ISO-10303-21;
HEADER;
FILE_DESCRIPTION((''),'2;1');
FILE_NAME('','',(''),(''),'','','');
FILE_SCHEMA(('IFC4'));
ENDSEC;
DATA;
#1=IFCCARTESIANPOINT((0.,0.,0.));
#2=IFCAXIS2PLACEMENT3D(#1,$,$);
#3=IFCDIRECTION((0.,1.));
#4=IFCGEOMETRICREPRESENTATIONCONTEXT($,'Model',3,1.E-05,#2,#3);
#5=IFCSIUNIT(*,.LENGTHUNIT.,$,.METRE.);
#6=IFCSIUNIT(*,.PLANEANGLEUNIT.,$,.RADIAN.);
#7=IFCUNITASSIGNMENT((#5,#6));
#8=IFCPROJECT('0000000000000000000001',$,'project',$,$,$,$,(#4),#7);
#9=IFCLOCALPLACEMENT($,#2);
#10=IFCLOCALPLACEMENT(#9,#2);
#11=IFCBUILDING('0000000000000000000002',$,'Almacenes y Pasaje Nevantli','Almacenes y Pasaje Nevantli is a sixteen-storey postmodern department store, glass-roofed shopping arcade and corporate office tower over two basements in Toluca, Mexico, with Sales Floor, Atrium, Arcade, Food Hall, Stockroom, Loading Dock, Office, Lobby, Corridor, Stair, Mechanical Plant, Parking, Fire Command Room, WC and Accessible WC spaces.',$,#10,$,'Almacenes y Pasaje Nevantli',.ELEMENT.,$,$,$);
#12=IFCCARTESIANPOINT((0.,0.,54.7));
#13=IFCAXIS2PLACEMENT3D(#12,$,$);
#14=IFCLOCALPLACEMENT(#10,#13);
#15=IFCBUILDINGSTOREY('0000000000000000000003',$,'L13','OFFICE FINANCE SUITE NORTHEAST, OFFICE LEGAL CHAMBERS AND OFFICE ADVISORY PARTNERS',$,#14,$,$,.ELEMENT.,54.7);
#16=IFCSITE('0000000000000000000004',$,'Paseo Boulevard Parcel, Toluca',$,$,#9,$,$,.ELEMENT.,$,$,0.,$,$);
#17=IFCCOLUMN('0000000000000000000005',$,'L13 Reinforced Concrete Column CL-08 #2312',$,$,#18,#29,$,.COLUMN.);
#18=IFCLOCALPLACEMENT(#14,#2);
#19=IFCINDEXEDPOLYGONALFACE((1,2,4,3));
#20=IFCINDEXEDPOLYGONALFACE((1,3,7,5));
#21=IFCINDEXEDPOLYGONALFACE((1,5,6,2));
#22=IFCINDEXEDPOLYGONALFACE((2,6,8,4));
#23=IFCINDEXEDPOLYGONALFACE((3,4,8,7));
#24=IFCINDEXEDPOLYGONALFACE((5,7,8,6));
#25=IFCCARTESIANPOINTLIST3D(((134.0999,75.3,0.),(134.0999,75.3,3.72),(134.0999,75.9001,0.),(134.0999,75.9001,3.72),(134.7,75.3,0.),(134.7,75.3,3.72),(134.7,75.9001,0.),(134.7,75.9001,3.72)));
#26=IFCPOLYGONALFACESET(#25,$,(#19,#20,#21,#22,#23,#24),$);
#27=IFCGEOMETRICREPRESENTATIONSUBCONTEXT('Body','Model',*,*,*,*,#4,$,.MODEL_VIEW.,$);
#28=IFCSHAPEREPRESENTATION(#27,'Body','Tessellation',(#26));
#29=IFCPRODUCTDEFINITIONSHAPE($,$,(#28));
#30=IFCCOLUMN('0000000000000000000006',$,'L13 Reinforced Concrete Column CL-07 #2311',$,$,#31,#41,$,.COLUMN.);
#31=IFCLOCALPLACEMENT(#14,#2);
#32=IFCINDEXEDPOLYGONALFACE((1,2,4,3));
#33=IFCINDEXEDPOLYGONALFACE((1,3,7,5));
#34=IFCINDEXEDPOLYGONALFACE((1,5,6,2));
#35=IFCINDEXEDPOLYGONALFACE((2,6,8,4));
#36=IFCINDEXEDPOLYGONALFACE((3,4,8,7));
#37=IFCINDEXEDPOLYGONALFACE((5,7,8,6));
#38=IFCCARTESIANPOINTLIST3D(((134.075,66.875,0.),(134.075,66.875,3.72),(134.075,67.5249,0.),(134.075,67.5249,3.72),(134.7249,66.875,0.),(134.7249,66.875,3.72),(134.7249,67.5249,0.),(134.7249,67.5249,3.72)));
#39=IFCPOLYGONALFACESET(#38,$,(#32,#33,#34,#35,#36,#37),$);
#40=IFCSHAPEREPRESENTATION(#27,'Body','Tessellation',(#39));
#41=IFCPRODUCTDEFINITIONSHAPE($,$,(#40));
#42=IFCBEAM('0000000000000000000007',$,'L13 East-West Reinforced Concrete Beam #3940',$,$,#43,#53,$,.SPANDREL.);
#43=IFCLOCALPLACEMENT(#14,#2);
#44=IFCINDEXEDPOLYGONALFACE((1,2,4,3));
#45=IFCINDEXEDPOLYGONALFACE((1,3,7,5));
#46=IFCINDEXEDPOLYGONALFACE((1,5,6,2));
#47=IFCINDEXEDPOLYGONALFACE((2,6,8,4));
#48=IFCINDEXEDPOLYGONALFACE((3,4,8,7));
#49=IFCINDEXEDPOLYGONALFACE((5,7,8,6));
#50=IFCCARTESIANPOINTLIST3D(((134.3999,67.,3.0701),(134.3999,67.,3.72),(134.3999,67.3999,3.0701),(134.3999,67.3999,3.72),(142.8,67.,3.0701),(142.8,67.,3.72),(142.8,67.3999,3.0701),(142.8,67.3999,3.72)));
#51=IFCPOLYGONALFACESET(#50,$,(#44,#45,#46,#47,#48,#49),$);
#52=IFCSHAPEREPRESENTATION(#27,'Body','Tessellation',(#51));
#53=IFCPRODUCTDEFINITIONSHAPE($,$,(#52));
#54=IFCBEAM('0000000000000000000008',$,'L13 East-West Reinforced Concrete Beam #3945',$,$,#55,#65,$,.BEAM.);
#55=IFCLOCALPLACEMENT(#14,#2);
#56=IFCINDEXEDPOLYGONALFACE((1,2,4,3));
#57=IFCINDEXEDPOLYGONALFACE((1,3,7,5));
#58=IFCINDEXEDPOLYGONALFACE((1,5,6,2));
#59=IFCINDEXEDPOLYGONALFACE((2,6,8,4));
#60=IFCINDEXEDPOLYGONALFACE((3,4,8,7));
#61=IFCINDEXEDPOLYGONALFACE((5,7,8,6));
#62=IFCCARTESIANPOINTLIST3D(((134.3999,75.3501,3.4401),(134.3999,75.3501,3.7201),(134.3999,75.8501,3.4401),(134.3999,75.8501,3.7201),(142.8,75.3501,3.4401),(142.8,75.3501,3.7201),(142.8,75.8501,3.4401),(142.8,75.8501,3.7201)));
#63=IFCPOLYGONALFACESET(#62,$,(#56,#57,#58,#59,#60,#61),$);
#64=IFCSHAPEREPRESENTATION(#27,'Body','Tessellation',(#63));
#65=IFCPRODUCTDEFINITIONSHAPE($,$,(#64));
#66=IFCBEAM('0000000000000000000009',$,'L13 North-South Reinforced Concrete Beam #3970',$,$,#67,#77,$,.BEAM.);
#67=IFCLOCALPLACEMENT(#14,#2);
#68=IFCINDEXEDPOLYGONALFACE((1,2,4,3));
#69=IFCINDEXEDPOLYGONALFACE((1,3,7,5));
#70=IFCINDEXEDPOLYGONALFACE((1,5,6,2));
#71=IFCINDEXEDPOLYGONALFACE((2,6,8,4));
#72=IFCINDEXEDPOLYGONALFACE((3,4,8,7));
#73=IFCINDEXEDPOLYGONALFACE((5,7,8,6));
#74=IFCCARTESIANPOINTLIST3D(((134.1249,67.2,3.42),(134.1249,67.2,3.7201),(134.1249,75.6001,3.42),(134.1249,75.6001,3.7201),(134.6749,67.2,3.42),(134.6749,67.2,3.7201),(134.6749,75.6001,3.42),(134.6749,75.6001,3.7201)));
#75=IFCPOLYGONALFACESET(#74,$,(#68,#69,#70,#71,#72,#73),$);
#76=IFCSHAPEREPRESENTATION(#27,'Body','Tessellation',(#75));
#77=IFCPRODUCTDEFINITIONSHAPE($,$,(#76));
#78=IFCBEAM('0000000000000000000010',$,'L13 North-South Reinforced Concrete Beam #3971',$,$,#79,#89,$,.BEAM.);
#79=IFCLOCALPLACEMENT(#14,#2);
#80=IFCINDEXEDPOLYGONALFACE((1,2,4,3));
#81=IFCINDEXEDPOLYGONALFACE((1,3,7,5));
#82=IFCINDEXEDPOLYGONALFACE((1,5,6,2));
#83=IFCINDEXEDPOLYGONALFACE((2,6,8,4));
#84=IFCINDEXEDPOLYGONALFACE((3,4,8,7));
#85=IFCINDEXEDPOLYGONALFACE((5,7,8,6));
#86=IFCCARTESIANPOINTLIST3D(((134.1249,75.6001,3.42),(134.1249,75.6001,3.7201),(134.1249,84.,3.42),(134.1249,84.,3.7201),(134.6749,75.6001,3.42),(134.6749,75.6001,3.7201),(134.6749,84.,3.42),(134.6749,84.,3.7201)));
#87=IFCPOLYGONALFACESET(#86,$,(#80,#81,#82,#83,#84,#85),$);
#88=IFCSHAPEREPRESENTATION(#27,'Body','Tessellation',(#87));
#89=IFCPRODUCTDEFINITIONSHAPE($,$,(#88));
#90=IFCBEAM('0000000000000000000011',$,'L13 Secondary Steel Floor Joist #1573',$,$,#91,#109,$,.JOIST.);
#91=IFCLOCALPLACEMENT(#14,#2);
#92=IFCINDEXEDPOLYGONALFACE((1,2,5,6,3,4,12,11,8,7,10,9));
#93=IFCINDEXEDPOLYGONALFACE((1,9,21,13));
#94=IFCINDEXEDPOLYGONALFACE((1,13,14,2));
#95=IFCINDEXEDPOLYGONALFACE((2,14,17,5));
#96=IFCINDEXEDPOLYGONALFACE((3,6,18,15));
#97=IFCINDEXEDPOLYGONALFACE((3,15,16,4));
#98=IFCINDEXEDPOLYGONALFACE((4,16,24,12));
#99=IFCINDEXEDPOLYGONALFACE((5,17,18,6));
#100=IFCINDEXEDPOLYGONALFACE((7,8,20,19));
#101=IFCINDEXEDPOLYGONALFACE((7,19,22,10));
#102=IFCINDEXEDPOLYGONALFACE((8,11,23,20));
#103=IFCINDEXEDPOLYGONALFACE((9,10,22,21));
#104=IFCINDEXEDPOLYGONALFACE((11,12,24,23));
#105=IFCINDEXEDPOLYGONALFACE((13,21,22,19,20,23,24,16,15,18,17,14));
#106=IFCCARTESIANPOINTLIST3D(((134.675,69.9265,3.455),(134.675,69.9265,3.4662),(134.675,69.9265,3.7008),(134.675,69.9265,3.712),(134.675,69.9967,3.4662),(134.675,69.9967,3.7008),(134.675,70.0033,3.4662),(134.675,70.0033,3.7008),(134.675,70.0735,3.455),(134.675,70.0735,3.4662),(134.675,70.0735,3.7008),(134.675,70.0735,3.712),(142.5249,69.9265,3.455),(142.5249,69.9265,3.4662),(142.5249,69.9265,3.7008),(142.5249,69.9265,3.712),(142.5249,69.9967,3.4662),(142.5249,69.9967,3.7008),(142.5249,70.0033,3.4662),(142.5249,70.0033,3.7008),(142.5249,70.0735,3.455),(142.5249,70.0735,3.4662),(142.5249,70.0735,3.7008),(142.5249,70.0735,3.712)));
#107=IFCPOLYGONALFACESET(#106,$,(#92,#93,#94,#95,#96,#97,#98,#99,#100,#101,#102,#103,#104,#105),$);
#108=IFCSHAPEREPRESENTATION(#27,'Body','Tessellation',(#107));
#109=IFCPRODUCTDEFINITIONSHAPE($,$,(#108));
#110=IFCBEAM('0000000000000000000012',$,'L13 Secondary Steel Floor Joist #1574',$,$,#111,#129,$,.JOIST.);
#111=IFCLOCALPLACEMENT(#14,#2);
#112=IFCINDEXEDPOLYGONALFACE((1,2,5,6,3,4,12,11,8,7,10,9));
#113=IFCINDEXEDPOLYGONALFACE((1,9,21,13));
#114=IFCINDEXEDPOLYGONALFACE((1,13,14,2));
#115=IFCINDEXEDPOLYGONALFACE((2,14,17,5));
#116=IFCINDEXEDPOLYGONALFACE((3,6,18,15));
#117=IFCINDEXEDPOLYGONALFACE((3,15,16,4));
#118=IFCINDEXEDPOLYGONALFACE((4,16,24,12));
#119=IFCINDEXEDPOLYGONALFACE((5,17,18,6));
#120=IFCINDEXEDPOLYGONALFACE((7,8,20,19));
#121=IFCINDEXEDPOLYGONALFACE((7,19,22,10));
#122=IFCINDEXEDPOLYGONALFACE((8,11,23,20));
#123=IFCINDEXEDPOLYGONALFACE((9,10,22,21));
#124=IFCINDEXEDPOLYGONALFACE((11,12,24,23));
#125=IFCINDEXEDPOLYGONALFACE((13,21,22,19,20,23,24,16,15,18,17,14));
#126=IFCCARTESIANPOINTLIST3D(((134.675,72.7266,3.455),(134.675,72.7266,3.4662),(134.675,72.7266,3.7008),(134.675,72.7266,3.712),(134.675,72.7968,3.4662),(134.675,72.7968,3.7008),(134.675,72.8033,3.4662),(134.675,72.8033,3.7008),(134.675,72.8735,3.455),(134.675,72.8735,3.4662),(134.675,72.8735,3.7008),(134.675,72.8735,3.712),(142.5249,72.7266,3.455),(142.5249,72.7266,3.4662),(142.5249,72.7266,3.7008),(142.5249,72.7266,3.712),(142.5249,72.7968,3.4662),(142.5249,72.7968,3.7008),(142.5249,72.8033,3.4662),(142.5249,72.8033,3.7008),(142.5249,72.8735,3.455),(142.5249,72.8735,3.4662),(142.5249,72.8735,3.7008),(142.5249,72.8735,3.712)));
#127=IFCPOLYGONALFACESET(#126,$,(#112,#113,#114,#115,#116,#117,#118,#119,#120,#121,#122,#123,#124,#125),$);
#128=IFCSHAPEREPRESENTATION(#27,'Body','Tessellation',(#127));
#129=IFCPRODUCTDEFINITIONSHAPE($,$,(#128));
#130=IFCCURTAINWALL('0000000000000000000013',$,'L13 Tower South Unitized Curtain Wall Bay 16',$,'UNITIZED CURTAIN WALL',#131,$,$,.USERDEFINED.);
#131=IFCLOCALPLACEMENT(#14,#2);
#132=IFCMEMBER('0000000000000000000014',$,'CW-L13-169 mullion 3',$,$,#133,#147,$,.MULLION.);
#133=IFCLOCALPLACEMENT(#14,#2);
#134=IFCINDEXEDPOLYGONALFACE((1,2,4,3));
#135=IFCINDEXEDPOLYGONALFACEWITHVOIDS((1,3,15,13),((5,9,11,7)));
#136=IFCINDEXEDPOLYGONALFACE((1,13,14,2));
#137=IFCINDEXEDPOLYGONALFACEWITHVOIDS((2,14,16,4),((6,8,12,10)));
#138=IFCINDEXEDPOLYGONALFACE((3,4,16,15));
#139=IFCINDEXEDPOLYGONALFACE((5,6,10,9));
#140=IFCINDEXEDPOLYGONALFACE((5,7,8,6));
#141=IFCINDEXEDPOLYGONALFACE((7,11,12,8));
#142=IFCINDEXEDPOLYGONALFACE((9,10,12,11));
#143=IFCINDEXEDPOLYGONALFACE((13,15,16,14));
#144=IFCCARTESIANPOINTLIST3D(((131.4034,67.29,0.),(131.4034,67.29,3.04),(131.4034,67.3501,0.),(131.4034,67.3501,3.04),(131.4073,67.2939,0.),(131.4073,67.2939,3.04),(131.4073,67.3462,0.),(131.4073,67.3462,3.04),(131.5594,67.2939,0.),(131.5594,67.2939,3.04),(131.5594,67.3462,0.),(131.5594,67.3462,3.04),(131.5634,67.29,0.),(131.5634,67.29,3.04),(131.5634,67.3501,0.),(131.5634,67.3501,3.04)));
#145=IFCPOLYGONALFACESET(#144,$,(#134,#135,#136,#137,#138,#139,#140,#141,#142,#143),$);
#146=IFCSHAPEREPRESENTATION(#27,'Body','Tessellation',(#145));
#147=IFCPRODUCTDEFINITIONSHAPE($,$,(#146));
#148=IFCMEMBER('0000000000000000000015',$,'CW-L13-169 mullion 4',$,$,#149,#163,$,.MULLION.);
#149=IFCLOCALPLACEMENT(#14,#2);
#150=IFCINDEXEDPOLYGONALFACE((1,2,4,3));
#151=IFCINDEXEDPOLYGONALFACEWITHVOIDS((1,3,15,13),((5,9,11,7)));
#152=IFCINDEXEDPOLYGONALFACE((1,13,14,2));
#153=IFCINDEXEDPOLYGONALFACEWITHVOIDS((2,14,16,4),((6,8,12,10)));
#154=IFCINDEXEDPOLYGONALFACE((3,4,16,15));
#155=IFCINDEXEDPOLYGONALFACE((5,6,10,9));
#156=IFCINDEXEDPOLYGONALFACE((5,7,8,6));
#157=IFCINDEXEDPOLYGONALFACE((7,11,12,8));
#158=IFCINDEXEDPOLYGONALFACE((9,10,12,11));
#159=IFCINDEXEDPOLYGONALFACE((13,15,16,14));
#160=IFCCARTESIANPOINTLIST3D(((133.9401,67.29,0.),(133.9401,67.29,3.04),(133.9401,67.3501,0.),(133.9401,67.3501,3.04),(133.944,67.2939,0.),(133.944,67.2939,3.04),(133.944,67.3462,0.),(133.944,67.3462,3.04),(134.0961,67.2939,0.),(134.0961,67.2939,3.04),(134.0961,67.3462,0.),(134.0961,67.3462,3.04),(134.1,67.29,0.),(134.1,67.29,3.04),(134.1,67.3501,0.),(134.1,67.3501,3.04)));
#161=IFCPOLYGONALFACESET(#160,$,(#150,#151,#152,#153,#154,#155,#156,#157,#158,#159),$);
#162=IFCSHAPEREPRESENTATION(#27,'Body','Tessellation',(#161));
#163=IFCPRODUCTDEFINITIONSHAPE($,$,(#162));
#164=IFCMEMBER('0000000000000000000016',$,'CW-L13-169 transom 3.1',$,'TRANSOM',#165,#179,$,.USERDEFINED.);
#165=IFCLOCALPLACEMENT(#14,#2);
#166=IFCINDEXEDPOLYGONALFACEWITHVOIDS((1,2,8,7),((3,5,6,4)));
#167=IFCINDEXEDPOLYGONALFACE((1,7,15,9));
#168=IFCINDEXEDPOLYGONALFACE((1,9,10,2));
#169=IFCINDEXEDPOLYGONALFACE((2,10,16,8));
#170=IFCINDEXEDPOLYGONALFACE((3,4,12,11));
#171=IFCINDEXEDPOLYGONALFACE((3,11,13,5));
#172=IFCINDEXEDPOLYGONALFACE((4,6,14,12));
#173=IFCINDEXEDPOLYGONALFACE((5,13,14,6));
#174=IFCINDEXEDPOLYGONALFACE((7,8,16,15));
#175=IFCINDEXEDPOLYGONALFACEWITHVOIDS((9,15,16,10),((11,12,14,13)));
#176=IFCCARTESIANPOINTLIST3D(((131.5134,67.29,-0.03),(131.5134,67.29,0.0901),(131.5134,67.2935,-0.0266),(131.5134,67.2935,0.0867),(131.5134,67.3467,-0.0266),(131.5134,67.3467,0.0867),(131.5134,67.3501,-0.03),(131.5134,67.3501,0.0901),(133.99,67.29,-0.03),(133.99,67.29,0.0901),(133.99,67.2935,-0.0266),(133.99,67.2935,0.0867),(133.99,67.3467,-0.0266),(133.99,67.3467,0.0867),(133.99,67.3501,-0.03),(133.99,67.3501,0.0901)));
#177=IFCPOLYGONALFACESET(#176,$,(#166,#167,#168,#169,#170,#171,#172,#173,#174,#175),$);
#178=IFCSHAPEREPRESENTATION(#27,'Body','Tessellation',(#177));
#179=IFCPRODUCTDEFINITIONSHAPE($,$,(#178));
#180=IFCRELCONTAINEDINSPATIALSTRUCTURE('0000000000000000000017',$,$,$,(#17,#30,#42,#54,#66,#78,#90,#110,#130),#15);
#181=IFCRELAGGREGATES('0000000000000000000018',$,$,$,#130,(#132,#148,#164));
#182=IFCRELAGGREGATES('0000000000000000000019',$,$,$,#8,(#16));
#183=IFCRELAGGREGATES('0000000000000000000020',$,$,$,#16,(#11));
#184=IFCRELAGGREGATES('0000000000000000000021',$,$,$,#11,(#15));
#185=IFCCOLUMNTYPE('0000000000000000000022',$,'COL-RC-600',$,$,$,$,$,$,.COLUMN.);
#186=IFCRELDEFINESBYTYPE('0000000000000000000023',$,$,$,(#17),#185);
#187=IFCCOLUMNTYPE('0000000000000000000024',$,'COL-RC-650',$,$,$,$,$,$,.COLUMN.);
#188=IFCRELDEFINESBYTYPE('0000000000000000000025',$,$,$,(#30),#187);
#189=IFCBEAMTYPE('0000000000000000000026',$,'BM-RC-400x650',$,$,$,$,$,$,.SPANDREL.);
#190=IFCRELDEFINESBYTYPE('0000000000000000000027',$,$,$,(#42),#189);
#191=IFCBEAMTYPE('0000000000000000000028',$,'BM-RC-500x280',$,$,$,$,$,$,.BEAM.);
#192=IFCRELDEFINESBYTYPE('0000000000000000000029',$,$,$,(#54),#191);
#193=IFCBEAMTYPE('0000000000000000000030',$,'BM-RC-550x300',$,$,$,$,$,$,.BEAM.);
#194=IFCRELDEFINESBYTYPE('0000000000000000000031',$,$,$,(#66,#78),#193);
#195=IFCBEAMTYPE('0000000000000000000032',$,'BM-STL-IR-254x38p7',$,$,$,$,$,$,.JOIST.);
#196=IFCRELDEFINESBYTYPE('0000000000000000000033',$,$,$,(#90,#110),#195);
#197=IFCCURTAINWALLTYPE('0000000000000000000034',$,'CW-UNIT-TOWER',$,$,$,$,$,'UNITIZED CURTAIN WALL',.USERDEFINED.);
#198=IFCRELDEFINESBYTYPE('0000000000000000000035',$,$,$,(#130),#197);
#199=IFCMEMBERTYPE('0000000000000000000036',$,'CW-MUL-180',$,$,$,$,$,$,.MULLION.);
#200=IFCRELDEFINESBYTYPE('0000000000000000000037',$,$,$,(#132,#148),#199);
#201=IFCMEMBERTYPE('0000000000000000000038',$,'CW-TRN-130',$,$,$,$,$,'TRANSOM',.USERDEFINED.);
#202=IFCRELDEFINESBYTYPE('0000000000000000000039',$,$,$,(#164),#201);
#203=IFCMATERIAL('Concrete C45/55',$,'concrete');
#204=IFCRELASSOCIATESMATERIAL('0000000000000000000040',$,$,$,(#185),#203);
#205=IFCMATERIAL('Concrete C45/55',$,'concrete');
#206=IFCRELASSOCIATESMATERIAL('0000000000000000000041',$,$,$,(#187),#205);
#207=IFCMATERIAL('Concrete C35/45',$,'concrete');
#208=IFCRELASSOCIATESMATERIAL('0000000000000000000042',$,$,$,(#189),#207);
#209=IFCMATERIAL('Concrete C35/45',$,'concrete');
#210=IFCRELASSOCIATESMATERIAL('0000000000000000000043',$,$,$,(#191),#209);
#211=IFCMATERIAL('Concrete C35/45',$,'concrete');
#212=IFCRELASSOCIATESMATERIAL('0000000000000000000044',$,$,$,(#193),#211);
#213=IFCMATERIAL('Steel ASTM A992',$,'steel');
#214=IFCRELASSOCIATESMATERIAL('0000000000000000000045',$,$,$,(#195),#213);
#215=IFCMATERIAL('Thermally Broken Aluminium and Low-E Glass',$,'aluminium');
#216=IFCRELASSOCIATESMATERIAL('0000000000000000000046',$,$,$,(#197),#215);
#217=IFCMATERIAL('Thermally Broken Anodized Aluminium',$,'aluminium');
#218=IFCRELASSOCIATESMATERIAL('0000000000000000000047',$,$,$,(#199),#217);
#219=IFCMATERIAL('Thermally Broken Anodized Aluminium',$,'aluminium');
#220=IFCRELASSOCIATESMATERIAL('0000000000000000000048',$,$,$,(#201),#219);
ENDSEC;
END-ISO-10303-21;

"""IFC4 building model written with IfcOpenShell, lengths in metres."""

from ifc_helpers import new_model, si_unit, direction, frame, origin, origin_2d, place, context, subcontext, project, spatial, rectangle, hollow_rectangle, i_section, extrude, material, material_profile, profile_set, type_object, element, aggregate, save


model = new_model("IFC4")

# Units and contexts
model_context = context("Model", 3, precision=1e-05, world=origin(), true_north=direction((0.0, 1.0)))
body_context = subcontext(model_context, "Body", "Model", "MODEL_VIEW")
ifc_project = project(units=[si_unit("LENGTHUNIT", "METRE"), si_unit("PLANEANGLEUNIT", "RADIAN")], contexts=[model_context])

# Site, building, storey
site_placement = place(None, origin())
site = spatial("IfcSite", under=ifc_project, at=site_placement, Name="Paseo Boulevard Parcel, Toluca", CompositionType="ELEMENT", RefElevation=0.0)
building_placement = place(site_placement, origin())
building = spatial("IfcBuilding", under=site, at=building_placement, Name="Almacenes y Pasaje Nevantli", Description="Almacenes y Pasaje Nevantli is a sixteen-storey postmodern department store, glass-roofed shopping arcade and corporate office tower over two basements in Toluca, Mexico, with Sales Floor, Atrium, Arcade, Food Hall, Stockroom, Loading Dock, Office, Lobby, Corridor, Stair, Mechanical Plant, Parking, Fire Command Room, WC and Accessible WC spaces.", LongName="Almacenes y Pasaje Nevantli", CompositionType="ELEMENT")
storey_placement = place(building_placement, frame((0.0, 0.0, 54.7)))
storey = spatial("IfcBuildingStorey", under=building, at=storey_placement, Name="L13", Description="OFFICE FINANCE SUITE NORTHEAST, OFFICE LEGAL CHAMBERS AND OFFICE ADVISORY PARTNERS", CompositionType="ELEMENT", Elevation=54.7)

# Columns
ifc_material_1 = material(Name="Concrete C45/55", Category="concrete")
ifc_material_profile_1 = material_profile(ifc_material_1, rectangle(XDim=0.6001, YDim=0.6001, at=origin_2d()), Name="RC-COL-600x600")
ifc_profile_set_1 = profile_set([ifc_material_profile_1], Name="Concrete C45/55")
column_type_1 = type_object("IfcColumnType", Name="COL-RC-600", PredefinedType="COLUMN", material=ifc_profile_set_1)
column_1_placement = place(storey_placement, frame((134.3999, 75.6001, 0.0), z_axis=(0.0, 0.0, 1.0), x_axis=(1.0, 0.0, 0.0)))
element("IfcColumn", 1, at=column_1_placement, inside=storey, type_object=column_type_1, Name="L13 Reinforced Concrete Column CL-08 #2312", PredefinedType="COLUMN", context=body_context, shape_type="SweptSolid", body=[
    extrude(rectangle(XDim=0.6001, YDim=0.6001, at=origin_2d()), origin(), (0.0, 0.0, 1.0), 3.72),
])
ifc_material_2 = material(Name="Concrete C45/55", Category="concrete")
ifc_material_profile_2 = material_profile(ifc_material_2, rectangle(XDim=0.6499, YDim=0.6499, at=origin_2d()), Name="RC-COL-650x650")
ifc_profile_set_2 = profile_set([ifc_material_profile_2], Name="Concrete C45/55")
column_type_2 = type_object("IfcColumnType", Name="COL-RC-650", PredefinedType="COLUMN", material=ifc_profile_set_2)
column_2_placement = place(storey_placement, frame((134.3999, 67.2, 0.0), z_axis=(0.0, 0.0, 1.0), x_axis=(1.0, 0.0, 0.0)))
element("IfcColumn", 2, at=column_2_placement, inside=storey, type_object=column_type_2, Name="L13 Reinforced Concrete Column CL-07 #2311", PredefinedType="COLUMN", context=body_context, shape_type="SweptSolid", body=[
    extrude(rectangle(XDim=0.6499, YDim=0.6499, at=origin_2d()), origin(), (0.0, 0.0, 1.0), 3.72),
])

# Beams
ifc_material_3 = material(Name="Concrete C35/45", Category="concrete")
ifc_material_profile_3 = material_profile(ifc_material_3, rectangle(XDim=0.3999, YDim=0.6499, at=origin_2d()), Name="RC-BM-400x650")
ifc_profile_set_3 = profile_set([ifc_material_profile_3], Name="Concrete C35/45")
beam_type_1 = type_object("IfcBeamType", Name="BM-RC-400x650", PredefinedType="SPANDREL", material=ifc_profile_set_3)
beam_1_placement = place(storey_placement, frame((134.3999, 67.2, 3.395), z_axis=(1.0, 0.0, 0.0), x_axis=(0.0, 1.0, 0.0)))
element("IfcBeam", 3, at=beam_1_placement, inside=storey, type_object=beam_type_1, Name="L13 East-West Reinforced Concrete Beam #3940", PredefinedType="SPANDREL", context=body_context, shape_type="SweptSolid", body=[
    extrude(rectangle(XDim=0.3999, YDim=0.6499, at=origin_2d()), origin(), (0.0, 0.0, 1.0), 8.4001),
])
ifc_material_4 = material(Name="Concrete C35/45", Category="concrete")
ifc_material_profile_4 = material_profile(ifc_material_4, rectangle(XDim=0.5, YDim=0.28, at=origin_2d()), Name="RC-BM-500x280")
ifc_profile_set_4 = profile_set([ifc_material_profile_4], Name="Concrete C35/45")
beam_type_2 = type_object("IfcBeamType", Name="BM-RC-500x280", PredefinedType="BEAM", material=ifc_profile_set_4)
beam_2_placement = place(storey_placement, frame((134.3999, 75.6001, 3.5801), z_axis=(1.0, 0.0, 0.0), x_axis=(0.0, 1.0, 0.0)))
element("IfcBeam", 4, at=beam_2_placement, inside=storey, type_object=beam_type_2, Name="L13 East-West Reinforced Concrete Beam #3945", PredefinedType="BEAM", context=body_context, shape_type="SweptSolid", body=[
    extrude(rectangle(XDim=0.5, YDim=0.28, at=origin_2d()), origin(), (0.0, 0.0, 1.0), 8.4001),
])
ifc_material_5 = material(Name="Concrete C35/45", Category="concrete")
ifc_material_profile_5 = material_profile(ifc_material_5, rectangle(XDim=0.55, YDim=0.3, at=origin_2d()), Name="RC-BM-550x300")
ifc_profile_set_5 = profile_set([ifc_material_profile_5], Name="Concrete C35/45")
beam_type_3 = type_object("IfcBeamType", Name="BM-RC-550x300", PredefinedType="BEAM", material=ifc_profile_set_5)
beam_3_placement = place(storey_placement, frame((134.3999, 67.2, 3.5701), z_axis=(0.0, 1.0, 0.0), x_axis=(-1.0, 0.0, 0.0)))
element("IfcBeam", 5, at=beam_3_placement, inside=storey, type_object=beam_type_3, Name="L13 North-South Reinforced Concrete Beam #3970", PredefinedType="BEAM", context=body_context, shape_type="SweptSolid", body=[
    extrude(rectangle(XDim=0.55, YDim=0.3, at=origin_2d()), origin(), (0.0, 0.0, 1.0), 8.4001),
])
beam_4_placement = place(storey_placement, frame((134.3999, 75.6001, 3.5701), z_axis=(0.0, 1.0, 0.0), x_axis=(-1.0, 0.0, 0.0)))
element("IfcBeam", 6, at=beam_4_placement, inside=storey, type_object=beam_type_3, Name="L13 North-South Reinforced Concrete Beam #3971", PredefinedType="BEAM", context=body_context, shape_type="SweptSolid", body=[
    extrude(rectangle(XDim=0.55, YDim=0.3, at=origin_2d()), origin(), (0.0, 0.0, 1.0), 8.3999),
])
ifc_material_6 = material(Name="Steel ASTM A992", Category="steel")
ifc_material_profile_6 = material_profile(ifc_material_6, i_section(OverallWidth=0.147, OverallDepth=0.2571, WebThickness=0.0066, FlangeThickness=0.0112, at=origin_2d()), Name="IR 254x38.7")
ifc_profile_set_6 = profile_set([ifc_material_profile_6], Name="Steel ASTM A992")
beam_type_4 = type_object("IfcBeamType", Name="BM-STL-IR-254x38p7", PredefinedType="JOIST", material=ifc_profile_set_6)
for number, where, z_axis, x_axis, name in (
    (7, (134.675, 70.0, 3.5835), (1.0, 0.0, 0.0), (0.0, 1.0, 0.0), "L13 Secondary Steel Floor Joist #1573"),
    (8, (134.675, 72.8, 3.5835), (1.0, 0.0, 0.0), (0.0, 1.0, 0.0), "L13 Secondary Steel Floor Joist #1574"),
):
    element("IfcBeam", number, at=place(storey_placement, frame(where, z_axis=z_axis, x_axis=x_axis)), inside=storey, type_object=beam_type_4, Name=name, PredefinedType="JOIST", context=body_context, shape_type="SweptSolid", body=[
        extrude(i_section(OverallWidth=0.147, OverallDepth=0.2571, WebThickness=0.0066, FlangeThickness=0.0112, at=origin_2d()), origin(), (0.0, 0.0, 1.0), 7.8499),
    ])

# Curtain wall, members
ifc_material_7 = material(Name="Thermally Broken Aluminium and Low-E Glass", Category="aluminium")
curtain_wall_type = type_object("IfcCurtainWallType", Name="CW-UNIT-TOWER", ElementType="UNITIZED CURTAIN WALL", PredefinedType="USERDEFINED", material=ifc_material_7)
curtain_wall_placement = place(storey_placement, origin())
curtain_wall = element("IfcCurtainWall", 9, at=curtain_wall_placement, inside=storey, type_object=curtain_wall_type, Name="L13 Tower South Unitized Curtain Wall Bay 16", ObjectType="UNITIZED CURTAIN WALL", PredefinedType="USERDEFINED")
ifc_material_8 = material(Name="Thermally Broken Anodized Aluminium", Category="aluminium")
ifc_material_profile_7 = material_profile(ifc_material_8, hollow_rectangle(XDim=0.0601, YDim=0.1599, WallThickness=0.0039, at=origin_2d()), Name="ALU-MUL-60x160")
ifc_profile_set_7 = profile_set([ifc_material_profile_7], Name="Thermally Broken Anodized Aluminium")
member_type_1 = type_object("IfcMemberType", Name="CW-MUL-180", PredefinedType="MULLION", material=ifc_profile_set_7)
member_1_placement = place(storey_placement, frame((131.4834, 67.3201, 0.0), z_axis=(0.0, 0.0, 1.0), x_axis=(0.0, 1.0, 0.0)))
member_1 = element("IfcMember", 10, at=member_1_placement, type_object=member_type_1, Name="CW-L13-169 mullion 3", PredefinedType="MULLION", context=body_context, shape_type="SweptSolid", body=[
    extrude(hollow_rectangle(XDim=0.0601, YDim=0.1599, WallThickness=0.0039, at=origin_2d()), origin(), (0.0, 0.0, 1.0), 3.04),
])
member_2_placement = place(storey_placement, frame((134.02, 67.3201, 0.0), z_axis=(0.0, 0.0, 1.0), x_axis=(0.0, 1.0, 0.0)))
member_2 = element("IfcMember", 11, at=member_2_placement, type_object=member_type_1, Name="CW-L13-169 mullion 4", PredefinedType="MULLION", context=body_context, shape_type="SweptSolid", body=[
    extrude(hollow_rectangle(XDim=0.0601, YDim=0.1599, WallThickness=0.0039, at=origin_2d()), origin(), (0.0, 0.0, 1.0), 3.04),
])
ifc_material_9 = material(Name="Thermally Broken Anodized Aluminium", Category="aluminium")
ifc_material_profile_8 = material_profile(ifc_material_9, hollow_rectangle(XDim=0.0601, YDim=0.1201, WallThickness=0.0034, at=origin_2d()), Name="ALU-TRN-60x120")
ifc_profile_set_8 = profile_set([ifc_material_profile_8], Name="Thermally Broken Anodized Aluminium")
member_type_2 = type_object("IfcMemberType", Name="CW-TRN-130", ElementType="TRANSOM", PredefinedType="USERDEFINED", material=ifc_profile_set_8)
member_3_placement = place(storey_placement, frame((131.5134, 67.3201, 0.03), z_axis=(1.0, 0.0, 0.0), x_axis=(0.0, 1.0, 0.0)))
member_3 = element("IfcMember", 12, at=member_3_placement, type_object=member_type_2, Name="CW-L13-169 transom 3.1", ObjectType="TRANSOM", PredefinedType="USERDEFINED", context=body_context, shape_type="SweptSolid", body=[
    extrude(hollow_rectangle(XDim=0.0601, YDim=0.1201, WallThickness=0.0034, at=origin_2d()), origin(), (0.0, 0.0, 1.0), 2.4766),
])
aggregate(curtain_wall, [member_1, member_2, member_3])

save(model, "model.ifc")
